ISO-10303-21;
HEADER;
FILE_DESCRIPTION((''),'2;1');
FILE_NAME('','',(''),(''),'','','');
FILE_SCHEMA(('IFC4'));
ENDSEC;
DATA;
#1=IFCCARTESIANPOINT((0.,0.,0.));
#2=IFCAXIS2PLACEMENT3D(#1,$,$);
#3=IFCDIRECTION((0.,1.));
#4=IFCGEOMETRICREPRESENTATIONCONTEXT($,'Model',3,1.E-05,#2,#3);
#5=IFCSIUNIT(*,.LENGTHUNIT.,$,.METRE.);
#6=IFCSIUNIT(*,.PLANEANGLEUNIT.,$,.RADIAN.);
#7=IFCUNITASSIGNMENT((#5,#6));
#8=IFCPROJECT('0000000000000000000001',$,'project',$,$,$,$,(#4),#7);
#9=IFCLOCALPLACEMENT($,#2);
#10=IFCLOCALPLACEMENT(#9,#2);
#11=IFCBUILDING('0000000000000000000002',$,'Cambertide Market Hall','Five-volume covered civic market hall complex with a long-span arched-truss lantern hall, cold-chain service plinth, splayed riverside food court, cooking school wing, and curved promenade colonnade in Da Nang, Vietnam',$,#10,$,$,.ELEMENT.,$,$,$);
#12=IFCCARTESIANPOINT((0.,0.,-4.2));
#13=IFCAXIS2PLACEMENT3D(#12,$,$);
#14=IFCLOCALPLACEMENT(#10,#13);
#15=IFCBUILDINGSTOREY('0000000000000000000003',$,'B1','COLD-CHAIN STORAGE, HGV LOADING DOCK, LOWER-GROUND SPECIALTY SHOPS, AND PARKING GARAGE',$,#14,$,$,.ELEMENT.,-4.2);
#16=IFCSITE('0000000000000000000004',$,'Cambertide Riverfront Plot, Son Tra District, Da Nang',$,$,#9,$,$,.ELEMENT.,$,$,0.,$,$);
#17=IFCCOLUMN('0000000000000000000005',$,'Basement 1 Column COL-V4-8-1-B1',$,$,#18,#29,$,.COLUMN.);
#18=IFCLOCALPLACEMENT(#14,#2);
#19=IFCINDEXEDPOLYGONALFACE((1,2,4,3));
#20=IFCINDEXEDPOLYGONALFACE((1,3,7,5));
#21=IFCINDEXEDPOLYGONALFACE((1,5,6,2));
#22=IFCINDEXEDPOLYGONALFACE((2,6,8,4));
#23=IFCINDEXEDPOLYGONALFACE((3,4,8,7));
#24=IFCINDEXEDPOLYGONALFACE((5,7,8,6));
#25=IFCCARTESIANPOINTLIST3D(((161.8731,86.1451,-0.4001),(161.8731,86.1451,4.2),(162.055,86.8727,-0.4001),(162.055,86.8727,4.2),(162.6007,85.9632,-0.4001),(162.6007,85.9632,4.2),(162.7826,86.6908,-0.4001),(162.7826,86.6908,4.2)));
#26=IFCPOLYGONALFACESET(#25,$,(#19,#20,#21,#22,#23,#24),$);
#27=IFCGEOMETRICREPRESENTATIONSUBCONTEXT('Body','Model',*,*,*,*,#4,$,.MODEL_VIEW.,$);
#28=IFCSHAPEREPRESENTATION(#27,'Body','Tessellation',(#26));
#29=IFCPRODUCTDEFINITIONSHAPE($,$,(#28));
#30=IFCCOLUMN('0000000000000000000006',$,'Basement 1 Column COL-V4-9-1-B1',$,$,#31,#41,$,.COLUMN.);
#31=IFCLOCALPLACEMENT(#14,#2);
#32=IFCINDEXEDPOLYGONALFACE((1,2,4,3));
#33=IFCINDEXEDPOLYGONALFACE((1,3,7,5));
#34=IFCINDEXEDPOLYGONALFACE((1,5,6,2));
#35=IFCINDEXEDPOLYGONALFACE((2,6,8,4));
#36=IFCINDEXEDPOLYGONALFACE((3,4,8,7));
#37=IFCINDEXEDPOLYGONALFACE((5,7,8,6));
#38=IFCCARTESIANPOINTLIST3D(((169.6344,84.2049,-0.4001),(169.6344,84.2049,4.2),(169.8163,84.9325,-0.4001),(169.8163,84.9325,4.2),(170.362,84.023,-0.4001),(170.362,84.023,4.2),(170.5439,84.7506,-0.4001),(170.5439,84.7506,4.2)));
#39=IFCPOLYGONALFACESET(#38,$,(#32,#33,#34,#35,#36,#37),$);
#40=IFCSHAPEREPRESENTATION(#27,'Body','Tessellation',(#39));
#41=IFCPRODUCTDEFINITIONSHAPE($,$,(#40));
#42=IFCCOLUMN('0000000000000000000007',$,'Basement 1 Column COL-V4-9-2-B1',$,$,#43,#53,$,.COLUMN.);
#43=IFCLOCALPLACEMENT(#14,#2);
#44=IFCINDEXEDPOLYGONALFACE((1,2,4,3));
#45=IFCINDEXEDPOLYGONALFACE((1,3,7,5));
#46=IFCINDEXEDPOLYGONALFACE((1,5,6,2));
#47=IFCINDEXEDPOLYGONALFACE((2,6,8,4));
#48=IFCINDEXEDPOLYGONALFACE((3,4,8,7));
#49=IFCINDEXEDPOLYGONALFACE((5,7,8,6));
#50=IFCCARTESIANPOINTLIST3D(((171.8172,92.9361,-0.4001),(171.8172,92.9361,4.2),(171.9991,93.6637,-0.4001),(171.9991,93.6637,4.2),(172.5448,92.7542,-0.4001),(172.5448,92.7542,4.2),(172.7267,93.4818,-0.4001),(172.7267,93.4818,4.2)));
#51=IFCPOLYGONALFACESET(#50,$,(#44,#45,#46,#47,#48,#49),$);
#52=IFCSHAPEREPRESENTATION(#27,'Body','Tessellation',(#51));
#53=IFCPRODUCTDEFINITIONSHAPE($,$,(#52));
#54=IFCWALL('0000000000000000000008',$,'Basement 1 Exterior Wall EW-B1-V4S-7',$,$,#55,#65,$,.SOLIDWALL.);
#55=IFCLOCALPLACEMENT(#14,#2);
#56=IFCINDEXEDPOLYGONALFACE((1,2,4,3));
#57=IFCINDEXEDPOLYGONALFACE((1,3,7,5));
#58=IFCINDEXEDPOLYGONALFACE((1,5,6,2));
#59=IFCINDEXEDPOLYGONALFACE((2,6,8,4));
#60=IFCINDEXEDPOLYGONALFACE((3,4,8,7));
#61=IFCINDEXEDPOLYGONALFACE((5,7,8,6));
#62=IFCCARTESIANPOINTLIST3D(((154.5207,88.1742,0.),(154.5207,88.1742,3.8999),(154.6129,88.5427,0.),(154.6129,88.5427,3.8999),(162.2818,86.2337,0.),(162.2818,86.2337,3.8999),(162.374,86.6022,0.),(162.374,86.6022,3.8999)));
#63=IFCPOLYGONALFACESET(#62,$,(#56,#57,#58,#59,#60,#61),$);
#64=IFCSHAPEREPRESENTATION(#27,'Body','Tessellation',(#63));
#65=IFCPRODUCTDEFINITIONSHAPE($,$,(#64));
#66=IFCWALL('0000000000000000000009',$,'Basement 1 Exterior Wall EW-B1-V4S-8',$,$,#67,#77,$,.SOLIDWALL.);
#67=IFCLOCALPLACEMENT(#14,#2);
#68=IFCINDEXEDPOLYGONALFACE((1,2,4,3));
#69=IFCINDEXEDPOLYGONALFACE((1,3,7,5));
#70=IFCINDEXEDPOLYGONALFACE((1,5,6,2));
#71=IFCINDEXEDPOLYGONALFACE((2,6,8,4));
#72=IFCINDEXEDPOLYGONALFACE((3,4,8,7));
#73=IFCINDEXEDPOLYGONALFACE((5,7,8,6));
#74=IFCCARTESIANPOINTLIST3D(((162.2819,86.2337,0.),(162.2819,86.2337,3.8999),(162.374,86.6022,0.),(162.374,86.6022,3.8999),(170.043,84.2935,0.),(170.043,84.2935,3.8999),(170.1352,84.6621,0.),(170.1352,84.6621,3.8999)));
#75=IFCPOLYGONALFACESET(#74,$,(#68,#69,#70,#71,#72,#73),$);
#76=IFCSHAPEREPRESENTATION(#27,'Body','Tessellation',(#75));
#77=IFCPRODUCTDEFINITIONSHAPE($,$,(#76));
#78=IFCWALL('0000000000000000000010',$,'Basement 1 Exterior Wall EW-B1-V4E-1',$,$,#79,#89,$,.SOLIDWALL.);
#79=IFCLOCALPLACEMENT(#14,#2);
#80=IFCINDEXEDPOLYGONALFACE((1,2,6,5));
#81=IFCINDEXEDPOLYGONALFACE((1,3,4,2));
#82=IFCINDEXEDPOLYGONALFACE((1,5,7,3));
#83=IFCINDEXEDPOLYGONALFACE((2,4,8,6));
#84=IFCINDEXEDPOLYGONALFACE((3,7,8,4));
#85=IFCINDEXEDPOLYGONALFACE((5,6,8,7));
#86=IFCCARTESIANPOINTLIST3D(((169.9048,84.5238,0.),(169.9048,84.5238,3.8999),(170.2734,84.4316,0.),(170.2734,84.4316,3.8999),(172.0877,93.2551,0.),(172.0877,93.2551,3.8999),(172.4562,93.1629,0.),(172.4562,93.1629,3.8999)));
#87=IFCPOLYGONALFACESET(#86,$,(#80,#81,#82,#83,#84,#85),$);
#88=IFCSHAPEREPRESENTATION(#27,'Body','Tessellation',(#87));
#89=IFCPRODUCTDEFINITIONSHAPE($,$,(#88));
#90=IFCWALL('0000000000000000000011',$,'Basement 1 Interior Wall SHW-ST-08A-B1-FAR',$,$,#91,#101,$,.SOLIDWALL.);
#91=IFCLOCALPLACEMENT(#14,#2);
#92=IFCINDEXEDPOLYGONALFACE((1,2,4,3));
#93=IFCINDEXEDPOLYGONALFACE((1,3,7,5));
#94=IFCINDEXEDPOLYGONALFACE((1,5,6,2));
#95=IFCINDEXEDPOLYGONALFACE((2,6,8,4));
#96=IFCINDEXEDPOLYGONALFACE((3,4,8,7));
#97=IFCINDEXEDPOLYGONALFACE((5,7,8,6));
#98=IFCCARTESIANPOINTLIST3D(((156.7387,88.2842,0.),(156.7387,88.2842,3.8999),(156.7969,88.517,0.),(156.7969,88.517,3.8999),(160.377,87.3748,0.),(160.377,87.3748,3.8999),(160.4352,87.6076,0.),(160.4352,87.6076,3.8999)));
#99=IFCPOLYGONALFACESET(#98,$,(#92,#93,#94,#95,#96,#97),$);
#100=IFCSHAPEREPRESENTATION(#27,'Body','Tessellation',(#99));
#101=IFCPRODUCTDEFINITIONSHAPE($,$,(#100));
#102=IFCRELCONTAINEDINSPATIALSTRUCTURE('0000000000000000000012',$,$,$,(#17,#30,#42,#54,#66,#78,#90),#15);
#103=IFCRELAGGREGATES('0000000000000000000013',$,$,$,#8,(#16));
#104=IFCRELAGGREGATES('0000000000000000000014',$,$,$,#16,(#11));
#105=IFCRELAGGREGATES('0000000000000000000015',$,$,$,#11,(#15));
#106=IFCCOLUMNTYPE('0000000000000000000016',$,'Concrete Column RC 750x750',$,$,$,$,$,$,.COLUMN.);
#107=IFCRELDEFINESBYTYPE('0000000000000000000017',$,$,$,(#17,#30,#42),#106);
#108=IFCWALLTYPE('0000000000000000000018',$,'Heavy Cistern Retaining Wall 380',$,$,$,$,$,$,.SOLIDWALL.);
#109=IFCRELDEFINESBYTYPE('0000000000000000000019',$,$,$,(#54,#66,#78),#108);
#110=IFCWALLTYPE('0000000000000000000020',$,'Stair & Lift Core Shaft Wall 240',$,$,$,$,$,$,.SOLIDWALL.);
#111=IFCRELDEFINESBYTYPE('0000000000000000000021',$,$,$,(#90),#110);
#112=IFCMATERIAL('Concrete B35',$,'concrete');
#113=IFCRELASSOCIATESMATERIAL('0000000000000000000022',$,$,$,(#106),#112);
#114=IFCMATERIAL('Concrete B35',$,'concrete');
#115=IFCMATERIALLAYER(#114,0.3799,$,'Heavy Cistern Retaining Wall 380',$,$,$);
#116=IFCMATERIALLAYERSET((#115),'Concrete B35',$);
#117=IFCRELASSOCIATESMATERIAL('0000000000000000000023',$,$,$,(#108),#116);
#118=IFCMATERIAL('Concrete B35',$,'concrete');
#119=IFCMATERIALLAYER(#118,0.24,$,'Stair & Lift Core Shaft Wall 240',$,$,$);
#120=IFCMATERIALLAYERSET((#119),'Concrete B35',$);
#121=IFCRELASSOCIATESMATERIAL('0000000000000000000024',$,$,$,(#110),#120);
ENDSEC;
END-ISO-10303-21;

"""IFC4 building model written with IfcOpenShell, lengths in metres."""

from ifc_helpers import new_model, si_unit, direction, frame, frame_2d, origin, origin_2d, place, context, subcontext, project, spatial, rectangle, extrude, material, layer, layer_set, material_profile, profile_set, type_object, element, save


model = new_model("IFC4")

# Units and contexts
model_context = context("Model", 3, precision=1e-05, world=origin(), true_north=direction((0.0, 1.0)))
body_context = subcontext(model_context, "Body", "Model", "MODEL_VIEW")
ifc_project = project(units=[si_unit("LENGTHUNIT", "METRE"), si_unit("PLANEANGLEUNIT", "RADIAN")], contexts=[model_context])

# Site, building, storey
site_placement = place(None, origin())
site = spatial("IfcSite", under=ifc_project, at=site_placement, Name="Cambertide Riverfront Plot, Son Tra District, Da Nang", CompositionType="ELEMENT", RefElevation=0.0)
building_placement = place(site_placement, origin())
building = spatial("IfcBuilding", under=site, at=building_placement, Name="Cambertide Market Hall", Description="Five-volume covered civic market hall complex with a long-span arched-truss lantern hall, cold-chain service plinth, splayed riverside food court, cooking school wing, and curved promenade colonnade in Da Nang, Vietnam", CompositionType="ELEMENT")
storey_placement = place(building_placement, frame((0.0, 0.0, -4.2)))
storey = spatial("IfcBuildingStorey", under=building, at=storey_placement, Name="B1", Description="COLD-CHAIN STORAGE, HGV LOADING DOCK, LOWER-GROUND SPECIALTY SHOPS, AND PARKING GARAGE", CompositionType="ELEMENT", Elevation=-4.2)

# Columns
ifc_material_1 = material(Name="Concrete B35", Category="concrete")
ifc_material_profile_1 = material_profile(ifc_material_1, rectangle(XDim=0.75, YDim=0.75, at=origin_2d()), Name="RC 750x750")
ifc_profile_set_1 = profile_set([ifc_material_profile_1], Name="Concrete B35")
column_type = type_object("IfcColumnType", Name="Concrete Column RC 750x750", PredefinedType="COLUMN", material=ifc_profile_set_1)
for number, where, z_axis, x_axis, name in (
    (1, (162.3279, 86.418, -0.4001), (0.0, 0.0, 1.0), (0.970143, -0.242536, 0.0), "Basement 1 Column COL-V4-8-1-B1"),
    (2, (170.0891, 84.4778, -0.4001), (0.0, 0.0, 1.0), (0.970143, -0.242536, 0.0), "Basement 1 Column COL-V4-9-1-B1"),
    (3, (172.272, 93.209, -0.4001), (0.0, 0.0, 1.0), (0.970143, -0.242536, 0.0), "Basement 1 Column COL-V4-9-2-B1"),
):
    element("IfcColumn", number, at=place(storey_placement, frame(where, z_axis=z_axis, x_axis=x_axis)), inside=storey, type_object=column_type, Name=name, PredefinedType="COLUMN", context=body_context, shape_type="SweptSolid", body=[
        extrude(rectangle(XDim=0.75, YDim=0.75, at=origin_2d()), origin(), (0.0, 0.0, 1.0), 4.6001),
    ])

# Walls
ifc_material_2 = material(Name="Concrete B35", Category="concrete")
ifc_layer_1 = layer(ifc_material_2, 0.3799, Name="Heavy Cistern Retaining Wall 380")
ifc_layer_set_1 = layer_set([ifc_layer_1], Name="Concrete B35")
wall_type_1 = type_object("IfcWallType", Name="Heavy Cistern Retaining Wall 380", PredefinedType="SOLIDWALL", material=ifc_layer_set_1)
for number, where, z_axis, x_axis, name in (
    (4, (162.3279, 86.418, 0.0), (0.0, 0.0, 1.0), (-0.970137, 0.242557, 0.0), "Basement 1 Exterior Wall EW-B1-V4S-7"),
    (5, (170.0891, 84.4778, 0.0), (0.0, 0.0, 1.0), (-0.970146, 0.242521, 0.0), "Basement 1 Exterior Wall EW-B1-V4S-8"),
):
    element("IfcWall", number, at=place(storey_placement, frame(where, z_axis=z_axis, x_axis=x_axis)), inside=storey, type_object=wall_type_1, Name=name, PredefinedType="SOLIDWALL", context=body_context, shape_type="SweptSolid", body=[
        extrude(rectangle(XDim=8.0, YDim=0.3799, at=frame_2d((4.0, 0.0))), origin(), (0.0, 0.0, 1.0), 3.8999),
    ])
wall_1_placement = place(storey_placement, frame((172.272, 93.209, 0.0), z_axis=(0.0, 0.0, 1.0), x_axis=(-0.242542, -0.970141, 0.0)))
element("IfcWall", 6, at=wall_1_placement, inside=storey, type_object=wall_type_1, Name="Basement 1 Exterior Wall EW-B1-V4E-1", PredefinedType="SOLIDWALL", context=body_context, shape_type="SweptSolid", body=[
    extrude(rectangle(XDim=9.0, YDim=0.3799, at=frame_2d((4.5, 0.0))), origin(), (0.0, 0.0, 1.0), 3.8999),
])
ifc_material_3 = material(Name="Concrete B35", Category="concrete")
ifc_layer_2 = layer(ifc_material_3, 0.24, Name="Stair & Lift Core Shaft Wall 240")
ifc_layer_set_2 = layer_set([ifc_layer_2], Name="Concrete B35")
wall_type_2 = type_object("IfcWallType", Name="Stair & Lift Core Shaft Wall 240", PredefinedType="SOLIDWALL", material=ifc_layer_set_2)
wall_2_placement = place(storey_placement, frame((160.406, 87.4912, 0.0), z_axis=(0.0, 0.0, 1.0), x_axis=(-0.97015, 0.242505, 0.0)))
element("IfcWall", 7, at=wall_2_placement, inside=storey, type_object=wall_type_2, Name="Basement 1 Interior Wall SHW-ST-08A-B1-FAR", PredefinedType="SOLIDWALL", context=body_context, shape_type="SweptSolid", body=[
    extrude(rectangle(XDim=3.7502, YDim=0.24, at=frame_2d((1.875, 0.0))), origin(), (0.0, 0.0, 1.0), 3.8999),
])

save(model, "model.ifc")
